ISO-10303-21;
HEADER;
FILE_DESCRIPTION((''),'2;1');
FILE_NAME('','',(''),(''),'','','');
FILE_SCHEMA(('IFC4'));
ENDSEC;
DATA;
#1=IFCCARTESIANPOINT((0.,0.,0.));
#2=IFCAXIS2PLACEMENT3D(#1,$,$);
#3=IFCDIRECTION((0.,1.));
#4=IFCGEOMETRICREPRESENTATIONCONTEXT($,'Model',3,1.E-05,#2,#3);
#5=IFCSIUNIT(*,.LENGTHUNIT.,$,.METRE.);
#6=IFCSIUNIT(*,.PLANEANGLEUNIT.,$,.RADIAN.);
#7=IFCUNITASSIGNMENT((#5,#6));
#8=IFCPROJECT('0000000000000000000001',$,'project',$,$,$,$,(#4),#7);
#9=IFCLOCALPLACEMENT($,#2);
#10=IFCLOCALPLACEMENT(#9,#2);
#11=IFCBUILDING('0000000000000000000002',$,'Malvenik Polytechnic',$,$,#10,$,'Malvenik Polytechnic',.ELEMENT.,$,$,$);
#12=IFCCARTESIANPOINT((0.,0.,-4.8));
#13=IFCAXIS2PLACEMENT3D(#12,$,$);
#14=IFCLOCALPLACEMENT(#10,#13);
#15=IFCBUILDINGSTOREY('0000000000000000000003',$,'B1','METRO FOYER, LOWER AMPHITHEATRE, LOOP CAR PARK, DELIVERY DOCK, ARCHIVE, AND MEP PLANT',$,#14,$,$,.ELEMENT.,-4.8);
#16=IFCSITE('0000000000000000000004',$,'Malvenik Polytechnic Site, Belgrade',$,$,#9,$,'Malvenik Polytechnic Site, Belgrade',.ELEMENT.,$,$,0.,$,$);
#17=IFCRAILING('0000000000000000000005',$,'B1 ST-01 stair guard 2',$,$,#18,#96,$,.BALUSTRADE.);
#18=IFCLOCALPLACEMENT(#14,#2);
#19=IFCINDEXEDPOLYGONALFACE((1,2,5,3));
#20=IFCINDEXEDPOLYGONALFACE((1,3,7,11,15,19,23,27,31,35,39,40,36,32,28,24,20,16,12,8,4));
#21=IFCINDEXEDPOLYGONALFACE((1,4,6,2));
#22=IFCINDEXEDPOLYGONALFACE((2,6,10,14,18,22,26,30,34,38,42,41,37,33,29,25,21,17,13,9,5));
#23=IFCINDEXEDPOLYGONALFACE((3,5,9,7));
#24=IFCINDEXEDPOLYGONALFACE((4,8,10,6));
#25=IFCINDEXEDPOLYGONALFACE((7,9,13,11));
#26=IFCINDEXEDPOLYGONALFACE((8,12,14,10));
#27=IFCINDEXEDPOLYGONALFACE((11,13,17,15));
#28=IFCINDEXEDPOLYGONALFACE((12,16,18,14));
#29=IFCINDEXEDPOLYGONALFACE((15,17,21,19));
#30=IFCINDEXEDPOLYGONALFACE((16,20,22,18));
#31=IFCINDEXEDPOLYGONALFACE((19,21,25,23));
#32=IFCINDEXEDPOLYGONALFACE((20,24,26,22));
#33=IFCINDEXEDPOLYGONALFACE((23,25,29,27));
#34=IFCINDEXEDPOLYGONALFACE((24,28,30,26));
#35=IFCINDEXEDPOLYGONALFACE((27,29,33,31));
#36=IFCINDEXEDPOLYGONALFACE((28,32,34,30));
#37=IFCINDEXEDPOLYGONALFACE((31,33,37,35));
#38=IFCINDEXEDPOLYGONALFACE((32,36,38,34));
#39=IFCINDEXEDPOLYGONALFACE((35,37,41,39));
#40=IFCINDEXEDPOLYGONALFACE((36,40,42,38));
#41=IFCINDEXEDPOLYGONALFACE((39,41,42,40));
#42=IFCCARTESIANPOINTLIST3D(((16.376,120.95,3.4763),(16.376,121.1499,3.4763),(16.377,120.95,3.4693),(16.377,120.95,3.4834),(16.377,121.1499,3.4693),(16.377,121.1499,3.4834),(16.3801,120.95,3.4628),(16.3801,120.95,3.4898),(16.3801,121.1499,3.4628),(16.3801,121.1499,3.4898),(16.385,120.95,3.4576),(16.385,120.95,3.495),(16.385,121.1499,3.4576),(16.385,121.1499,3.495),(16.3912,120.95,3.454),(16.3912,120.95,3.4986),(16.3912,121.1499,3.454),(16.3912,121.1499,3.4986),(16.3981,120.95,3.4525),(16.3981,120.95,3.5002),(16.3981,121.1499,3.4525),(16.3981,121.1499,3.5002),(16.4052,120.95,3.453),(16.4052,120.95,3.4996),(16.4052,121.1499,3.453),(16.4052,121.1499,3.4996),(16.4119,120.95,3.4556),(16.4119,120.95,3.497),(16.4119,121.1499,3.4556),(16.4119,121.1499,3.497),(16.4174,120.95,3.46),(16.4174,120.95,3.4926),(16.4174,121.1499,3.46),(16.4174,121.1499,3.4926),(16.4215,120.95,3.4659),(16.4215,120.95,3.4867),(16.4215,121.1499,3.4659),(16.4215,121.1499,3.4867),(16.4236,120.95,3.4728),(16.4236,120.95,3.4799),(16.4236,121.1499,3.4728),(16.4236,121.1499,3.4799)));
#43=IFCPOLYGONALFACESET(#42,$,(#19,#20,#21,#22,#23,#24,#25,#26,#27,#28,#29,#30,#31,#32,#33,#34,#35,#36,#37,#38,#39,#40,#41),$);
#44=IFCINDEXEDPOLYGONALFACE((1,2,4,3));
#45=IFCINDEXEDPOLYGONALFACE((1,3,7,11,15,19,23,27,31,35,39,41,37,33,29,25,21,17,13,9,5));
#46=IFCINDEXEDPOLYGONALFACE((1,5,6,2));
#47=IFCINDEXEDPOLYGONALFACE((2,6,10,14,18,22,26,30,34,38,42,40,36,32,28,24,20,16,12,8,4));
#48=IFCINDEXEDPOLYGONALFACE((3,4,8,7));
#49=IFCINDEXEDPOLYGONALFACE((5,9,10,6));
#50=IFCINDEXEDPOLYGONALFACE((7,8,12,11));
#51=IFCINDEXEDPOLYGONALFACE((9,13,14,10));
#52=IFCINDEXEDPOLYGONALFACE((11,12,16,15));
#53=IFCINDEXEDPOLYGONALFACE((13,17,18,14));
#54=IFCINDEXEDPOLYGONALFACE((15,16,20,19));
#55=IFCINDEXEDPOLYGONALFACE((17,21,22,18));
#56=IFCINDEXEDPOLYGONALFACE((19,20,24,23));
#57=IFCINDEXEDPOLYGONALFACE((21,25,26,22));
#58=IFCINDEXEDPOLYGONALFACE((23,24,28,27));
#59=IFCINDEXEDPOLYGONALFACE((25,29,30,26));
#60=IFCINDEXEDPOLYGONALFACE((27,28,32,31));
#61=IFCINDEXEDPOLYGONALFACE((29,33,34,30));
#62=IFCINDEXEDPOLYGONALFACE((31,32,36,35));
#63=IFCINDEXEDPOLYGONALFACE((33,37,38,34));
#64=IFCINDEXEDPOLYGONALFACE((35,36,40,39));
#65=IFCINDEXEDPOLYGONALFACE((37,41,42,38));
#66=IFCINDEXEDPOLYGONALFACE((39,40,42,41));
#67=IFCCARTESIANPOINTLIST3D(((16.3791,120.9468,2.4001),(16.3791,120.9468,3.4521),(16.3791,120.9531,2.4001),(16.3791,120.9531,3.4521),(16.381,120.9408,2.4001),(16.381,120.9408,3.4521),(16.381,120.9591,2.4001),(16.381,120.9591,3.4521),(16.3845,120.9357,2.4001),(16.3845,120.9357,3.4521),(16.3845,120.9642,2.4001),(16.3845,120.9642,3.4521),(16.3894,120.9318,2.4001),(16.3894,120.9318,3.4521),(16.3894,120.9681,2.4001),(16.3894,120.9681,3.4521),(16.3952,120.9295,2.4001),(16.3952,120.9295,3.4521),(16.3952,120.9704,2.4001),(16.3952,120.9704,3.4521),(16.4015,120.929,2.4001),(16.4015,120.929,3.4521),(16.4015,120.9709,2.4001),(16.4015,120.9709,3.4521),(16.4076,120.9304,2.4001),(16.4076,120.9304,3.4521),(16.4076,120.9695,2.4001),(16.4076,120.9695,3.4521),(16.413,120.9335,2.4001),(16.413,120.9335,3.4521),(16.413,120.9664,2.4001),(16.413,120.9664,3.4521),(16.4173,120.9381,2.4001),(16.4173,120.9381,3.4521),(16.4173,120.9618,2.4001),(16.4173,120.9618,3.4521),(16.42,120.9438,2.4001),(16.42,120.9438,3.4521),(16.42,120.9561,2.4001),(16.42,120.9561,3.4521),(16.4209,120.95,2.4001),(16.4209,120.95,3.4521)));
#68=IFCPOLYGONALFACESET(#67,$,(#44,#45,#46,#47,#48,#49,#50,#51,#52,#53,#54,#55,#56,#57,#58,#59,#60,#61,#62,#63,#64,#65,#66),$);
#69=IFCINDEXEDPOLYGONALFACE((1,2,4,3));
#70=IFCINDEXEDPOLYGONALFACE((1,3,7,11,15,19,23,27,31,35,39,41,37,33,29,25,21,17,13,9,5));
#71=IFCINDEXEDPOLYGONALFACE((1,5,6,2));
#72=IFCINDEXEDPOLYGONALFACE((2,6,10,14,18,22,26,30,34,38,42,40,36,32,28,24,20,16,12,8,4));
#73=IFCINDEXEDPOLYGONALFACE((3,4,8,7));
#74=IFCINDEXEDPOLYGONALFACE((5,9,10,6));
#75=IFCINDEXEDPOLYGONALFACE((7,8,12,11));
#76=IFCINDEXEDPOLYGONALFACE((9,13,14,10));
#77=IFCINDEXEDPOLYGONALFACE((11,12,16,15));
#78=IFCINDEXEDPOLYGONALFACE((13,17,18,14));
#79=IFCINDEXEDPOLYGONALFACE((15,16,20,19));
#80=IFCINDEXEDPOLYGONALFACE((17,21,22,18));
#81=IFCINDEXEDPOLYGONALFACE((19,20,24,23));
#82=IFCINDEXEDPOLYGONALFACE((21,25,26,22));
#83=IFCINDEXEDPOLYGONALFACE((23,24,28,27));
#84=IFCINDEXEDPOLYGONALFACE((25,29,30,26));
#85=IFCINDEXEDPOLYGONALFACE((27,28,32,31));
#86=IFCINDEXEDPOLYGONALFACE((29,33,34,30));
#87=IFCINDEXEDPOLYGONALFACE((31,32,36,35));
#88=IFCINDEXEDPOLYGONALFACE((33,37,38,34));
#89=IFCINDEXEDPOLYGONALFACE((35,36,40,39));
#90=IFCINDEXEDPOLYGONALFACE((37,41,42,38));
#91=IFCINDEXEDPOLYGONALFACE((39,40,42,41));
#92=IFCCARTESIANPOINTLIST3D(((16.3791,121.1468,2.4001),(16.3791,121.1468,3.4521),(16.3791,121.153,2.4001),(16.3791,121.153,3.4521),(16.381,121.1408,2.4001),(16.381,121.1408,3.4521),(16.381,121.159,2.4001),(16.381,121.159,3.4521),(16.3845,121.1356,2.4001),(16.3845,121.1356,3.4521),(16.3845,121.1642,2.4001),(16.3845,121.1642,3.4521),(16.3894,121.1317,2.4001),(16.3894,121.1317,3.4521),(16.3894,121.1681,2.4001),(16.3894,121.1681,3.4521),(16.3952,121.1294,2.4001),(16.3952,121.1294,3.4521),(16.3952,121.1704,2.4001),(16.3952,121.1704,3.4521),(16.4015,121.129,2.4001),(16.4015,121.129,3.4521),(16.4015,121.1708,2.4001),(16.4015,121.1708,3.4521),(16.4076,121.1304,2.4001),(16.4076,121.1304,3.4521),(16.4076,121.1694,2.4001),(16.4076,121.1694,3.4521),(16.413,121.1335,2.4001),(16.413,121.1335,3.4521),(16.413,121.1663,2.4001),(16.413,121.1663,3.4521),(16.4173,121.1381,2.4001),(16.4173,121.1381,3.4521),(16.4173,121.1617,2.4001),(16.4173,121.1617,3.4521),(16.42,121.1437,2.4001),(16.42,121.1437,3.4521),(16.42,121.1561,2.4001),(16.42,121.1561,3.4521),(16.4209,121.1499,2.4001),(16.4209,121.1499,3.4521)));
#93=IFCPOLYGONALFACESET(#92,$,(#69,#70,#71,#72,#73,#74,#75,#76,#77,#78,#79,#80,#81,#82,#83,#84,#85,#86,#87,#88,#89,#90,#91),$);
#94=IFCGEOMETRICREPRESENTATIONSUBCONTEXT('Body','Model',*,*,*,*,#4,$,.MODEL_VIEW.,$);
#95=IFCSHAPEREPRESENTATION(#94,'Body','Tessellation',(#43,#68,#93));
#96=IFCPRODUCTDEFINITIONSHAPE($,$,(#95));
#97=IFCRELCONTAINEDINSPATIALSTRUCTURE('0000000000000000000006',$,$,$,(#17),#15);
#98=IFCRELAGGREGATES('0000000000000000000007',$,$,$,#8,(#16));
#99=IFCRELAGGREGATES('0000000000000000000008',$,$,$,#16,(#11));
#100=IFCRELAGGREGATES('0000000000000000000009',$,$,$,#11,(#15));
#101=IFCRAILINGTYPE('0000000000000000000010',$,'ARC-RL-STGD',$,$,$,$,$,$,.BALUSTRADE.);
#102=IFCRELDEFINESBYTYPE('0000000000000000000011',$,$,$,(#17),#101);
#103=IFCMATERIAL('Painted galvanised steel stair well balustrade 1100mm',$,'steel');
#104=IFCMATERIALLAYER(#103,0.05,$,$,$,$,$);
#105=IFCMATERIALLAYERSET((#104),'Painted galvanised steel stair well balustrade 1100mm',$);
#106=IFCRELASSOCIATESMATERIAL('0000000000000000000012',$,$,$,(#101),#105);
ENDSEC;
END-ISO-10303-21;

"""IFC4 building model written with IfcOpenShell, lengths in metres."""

from ifc_helpers import new_model, si_unit, direction, frame, origin, origin_2d, place, context, subcontext, project, spatial, circle, extrude, material, layer, layer_set, type_object, element, save


model = new_model("IFC4")

# Units and contexts
model_context = context("Model", 3, precision=1e-05, world=origin(), true_north=direction((0.0, 1.0)))
body_context = subcontext(model_context, "Body", "Model", "MODEL_VIEW")
ifc_project = project(units=[si_unit("LENGTHUNIT", "METRE"), si_unit("PLANEANGLEUNIT", "RADIAN")], contexts=[model_context])

# Site, building, storey
site_placement = place(None, origin())
site = spatial("IfcSite", under=ifc_project, at=site_placement, Name="Malvenik Polytechnic Site, Belgrade", LongName="Malvenik Polytechnic Site, Belgrade", CompositionType="ELEMENT", RefElevation=0.0)
building_placement = place(site_placement, origin())
building = spatial("IfcBuilding", under=site, at=building_placement, Name="Malvenik Polytechnic", LongName="Malvenik Polytechnic", CompositionType="ELEMENT")
storey_placement = place(building_placement, frame((0.0, 0.0, -4.8)))
storey = spatial("IfcBuildingStorey", under=building, at=storey_placement, Name="B1", Description="METRO FOYER, LOWER AMPHITHEATRE, LOOP CAR PARK, DELIVERY DOCK, ARCHIVE, AND MEP PLANT", CompositionType="ELEMENT", Elevation=-4.8)

# Railing
ifc_material_1 = material(Name="Painted galvanised steel stair well balustrade 1100mm", Category="steel")
ifc_layer_1 = layer(ifc_material_1, 0.05)
ifc_layer_set_1 = layer_set([ifc_layer_1], Name="Painted galvanised steel stair well balustrade 1100mm")
railing_type_1 = type_object("IfcRailingType", Name="ARC-RL-STGD", PredefinedType="BALUSTRADE", material=ifc_layer_set_1)
railing_1_placement = place(storey_placement, frame((16.3999, 120.95, 2.4001)))
element("IfcRailing", 1, at=railing_1_placement, inside=storey, type_object=railing_type_1, Name="B1 ST-01 stair guard 2", PredefinedType="BALUSTRADE", context=body_context, shape_type="SweptSolid", body=[
    extrude(circle(Radius=0.0239, at=origin_2d()), frame((0.0, 0.0, 1.0762), z_axis=(0.0, 1.0, 0.0), x_axis=(-1.0, 0.0, 0.0)), (0.0, 0.0, 1.0), 0.2),
    extrude(circle(Radius=0.021, at=origin_2d()), origin(), (0.0, 0.0, 1.0), 1.052),
    extrude(circle(Radius=0.021, at=origin_2d()), frame((0.0, 0.2, 0.0)), (0.0, 0.0, 1.0), 1.052),
])

save(model, "model.ifc")
